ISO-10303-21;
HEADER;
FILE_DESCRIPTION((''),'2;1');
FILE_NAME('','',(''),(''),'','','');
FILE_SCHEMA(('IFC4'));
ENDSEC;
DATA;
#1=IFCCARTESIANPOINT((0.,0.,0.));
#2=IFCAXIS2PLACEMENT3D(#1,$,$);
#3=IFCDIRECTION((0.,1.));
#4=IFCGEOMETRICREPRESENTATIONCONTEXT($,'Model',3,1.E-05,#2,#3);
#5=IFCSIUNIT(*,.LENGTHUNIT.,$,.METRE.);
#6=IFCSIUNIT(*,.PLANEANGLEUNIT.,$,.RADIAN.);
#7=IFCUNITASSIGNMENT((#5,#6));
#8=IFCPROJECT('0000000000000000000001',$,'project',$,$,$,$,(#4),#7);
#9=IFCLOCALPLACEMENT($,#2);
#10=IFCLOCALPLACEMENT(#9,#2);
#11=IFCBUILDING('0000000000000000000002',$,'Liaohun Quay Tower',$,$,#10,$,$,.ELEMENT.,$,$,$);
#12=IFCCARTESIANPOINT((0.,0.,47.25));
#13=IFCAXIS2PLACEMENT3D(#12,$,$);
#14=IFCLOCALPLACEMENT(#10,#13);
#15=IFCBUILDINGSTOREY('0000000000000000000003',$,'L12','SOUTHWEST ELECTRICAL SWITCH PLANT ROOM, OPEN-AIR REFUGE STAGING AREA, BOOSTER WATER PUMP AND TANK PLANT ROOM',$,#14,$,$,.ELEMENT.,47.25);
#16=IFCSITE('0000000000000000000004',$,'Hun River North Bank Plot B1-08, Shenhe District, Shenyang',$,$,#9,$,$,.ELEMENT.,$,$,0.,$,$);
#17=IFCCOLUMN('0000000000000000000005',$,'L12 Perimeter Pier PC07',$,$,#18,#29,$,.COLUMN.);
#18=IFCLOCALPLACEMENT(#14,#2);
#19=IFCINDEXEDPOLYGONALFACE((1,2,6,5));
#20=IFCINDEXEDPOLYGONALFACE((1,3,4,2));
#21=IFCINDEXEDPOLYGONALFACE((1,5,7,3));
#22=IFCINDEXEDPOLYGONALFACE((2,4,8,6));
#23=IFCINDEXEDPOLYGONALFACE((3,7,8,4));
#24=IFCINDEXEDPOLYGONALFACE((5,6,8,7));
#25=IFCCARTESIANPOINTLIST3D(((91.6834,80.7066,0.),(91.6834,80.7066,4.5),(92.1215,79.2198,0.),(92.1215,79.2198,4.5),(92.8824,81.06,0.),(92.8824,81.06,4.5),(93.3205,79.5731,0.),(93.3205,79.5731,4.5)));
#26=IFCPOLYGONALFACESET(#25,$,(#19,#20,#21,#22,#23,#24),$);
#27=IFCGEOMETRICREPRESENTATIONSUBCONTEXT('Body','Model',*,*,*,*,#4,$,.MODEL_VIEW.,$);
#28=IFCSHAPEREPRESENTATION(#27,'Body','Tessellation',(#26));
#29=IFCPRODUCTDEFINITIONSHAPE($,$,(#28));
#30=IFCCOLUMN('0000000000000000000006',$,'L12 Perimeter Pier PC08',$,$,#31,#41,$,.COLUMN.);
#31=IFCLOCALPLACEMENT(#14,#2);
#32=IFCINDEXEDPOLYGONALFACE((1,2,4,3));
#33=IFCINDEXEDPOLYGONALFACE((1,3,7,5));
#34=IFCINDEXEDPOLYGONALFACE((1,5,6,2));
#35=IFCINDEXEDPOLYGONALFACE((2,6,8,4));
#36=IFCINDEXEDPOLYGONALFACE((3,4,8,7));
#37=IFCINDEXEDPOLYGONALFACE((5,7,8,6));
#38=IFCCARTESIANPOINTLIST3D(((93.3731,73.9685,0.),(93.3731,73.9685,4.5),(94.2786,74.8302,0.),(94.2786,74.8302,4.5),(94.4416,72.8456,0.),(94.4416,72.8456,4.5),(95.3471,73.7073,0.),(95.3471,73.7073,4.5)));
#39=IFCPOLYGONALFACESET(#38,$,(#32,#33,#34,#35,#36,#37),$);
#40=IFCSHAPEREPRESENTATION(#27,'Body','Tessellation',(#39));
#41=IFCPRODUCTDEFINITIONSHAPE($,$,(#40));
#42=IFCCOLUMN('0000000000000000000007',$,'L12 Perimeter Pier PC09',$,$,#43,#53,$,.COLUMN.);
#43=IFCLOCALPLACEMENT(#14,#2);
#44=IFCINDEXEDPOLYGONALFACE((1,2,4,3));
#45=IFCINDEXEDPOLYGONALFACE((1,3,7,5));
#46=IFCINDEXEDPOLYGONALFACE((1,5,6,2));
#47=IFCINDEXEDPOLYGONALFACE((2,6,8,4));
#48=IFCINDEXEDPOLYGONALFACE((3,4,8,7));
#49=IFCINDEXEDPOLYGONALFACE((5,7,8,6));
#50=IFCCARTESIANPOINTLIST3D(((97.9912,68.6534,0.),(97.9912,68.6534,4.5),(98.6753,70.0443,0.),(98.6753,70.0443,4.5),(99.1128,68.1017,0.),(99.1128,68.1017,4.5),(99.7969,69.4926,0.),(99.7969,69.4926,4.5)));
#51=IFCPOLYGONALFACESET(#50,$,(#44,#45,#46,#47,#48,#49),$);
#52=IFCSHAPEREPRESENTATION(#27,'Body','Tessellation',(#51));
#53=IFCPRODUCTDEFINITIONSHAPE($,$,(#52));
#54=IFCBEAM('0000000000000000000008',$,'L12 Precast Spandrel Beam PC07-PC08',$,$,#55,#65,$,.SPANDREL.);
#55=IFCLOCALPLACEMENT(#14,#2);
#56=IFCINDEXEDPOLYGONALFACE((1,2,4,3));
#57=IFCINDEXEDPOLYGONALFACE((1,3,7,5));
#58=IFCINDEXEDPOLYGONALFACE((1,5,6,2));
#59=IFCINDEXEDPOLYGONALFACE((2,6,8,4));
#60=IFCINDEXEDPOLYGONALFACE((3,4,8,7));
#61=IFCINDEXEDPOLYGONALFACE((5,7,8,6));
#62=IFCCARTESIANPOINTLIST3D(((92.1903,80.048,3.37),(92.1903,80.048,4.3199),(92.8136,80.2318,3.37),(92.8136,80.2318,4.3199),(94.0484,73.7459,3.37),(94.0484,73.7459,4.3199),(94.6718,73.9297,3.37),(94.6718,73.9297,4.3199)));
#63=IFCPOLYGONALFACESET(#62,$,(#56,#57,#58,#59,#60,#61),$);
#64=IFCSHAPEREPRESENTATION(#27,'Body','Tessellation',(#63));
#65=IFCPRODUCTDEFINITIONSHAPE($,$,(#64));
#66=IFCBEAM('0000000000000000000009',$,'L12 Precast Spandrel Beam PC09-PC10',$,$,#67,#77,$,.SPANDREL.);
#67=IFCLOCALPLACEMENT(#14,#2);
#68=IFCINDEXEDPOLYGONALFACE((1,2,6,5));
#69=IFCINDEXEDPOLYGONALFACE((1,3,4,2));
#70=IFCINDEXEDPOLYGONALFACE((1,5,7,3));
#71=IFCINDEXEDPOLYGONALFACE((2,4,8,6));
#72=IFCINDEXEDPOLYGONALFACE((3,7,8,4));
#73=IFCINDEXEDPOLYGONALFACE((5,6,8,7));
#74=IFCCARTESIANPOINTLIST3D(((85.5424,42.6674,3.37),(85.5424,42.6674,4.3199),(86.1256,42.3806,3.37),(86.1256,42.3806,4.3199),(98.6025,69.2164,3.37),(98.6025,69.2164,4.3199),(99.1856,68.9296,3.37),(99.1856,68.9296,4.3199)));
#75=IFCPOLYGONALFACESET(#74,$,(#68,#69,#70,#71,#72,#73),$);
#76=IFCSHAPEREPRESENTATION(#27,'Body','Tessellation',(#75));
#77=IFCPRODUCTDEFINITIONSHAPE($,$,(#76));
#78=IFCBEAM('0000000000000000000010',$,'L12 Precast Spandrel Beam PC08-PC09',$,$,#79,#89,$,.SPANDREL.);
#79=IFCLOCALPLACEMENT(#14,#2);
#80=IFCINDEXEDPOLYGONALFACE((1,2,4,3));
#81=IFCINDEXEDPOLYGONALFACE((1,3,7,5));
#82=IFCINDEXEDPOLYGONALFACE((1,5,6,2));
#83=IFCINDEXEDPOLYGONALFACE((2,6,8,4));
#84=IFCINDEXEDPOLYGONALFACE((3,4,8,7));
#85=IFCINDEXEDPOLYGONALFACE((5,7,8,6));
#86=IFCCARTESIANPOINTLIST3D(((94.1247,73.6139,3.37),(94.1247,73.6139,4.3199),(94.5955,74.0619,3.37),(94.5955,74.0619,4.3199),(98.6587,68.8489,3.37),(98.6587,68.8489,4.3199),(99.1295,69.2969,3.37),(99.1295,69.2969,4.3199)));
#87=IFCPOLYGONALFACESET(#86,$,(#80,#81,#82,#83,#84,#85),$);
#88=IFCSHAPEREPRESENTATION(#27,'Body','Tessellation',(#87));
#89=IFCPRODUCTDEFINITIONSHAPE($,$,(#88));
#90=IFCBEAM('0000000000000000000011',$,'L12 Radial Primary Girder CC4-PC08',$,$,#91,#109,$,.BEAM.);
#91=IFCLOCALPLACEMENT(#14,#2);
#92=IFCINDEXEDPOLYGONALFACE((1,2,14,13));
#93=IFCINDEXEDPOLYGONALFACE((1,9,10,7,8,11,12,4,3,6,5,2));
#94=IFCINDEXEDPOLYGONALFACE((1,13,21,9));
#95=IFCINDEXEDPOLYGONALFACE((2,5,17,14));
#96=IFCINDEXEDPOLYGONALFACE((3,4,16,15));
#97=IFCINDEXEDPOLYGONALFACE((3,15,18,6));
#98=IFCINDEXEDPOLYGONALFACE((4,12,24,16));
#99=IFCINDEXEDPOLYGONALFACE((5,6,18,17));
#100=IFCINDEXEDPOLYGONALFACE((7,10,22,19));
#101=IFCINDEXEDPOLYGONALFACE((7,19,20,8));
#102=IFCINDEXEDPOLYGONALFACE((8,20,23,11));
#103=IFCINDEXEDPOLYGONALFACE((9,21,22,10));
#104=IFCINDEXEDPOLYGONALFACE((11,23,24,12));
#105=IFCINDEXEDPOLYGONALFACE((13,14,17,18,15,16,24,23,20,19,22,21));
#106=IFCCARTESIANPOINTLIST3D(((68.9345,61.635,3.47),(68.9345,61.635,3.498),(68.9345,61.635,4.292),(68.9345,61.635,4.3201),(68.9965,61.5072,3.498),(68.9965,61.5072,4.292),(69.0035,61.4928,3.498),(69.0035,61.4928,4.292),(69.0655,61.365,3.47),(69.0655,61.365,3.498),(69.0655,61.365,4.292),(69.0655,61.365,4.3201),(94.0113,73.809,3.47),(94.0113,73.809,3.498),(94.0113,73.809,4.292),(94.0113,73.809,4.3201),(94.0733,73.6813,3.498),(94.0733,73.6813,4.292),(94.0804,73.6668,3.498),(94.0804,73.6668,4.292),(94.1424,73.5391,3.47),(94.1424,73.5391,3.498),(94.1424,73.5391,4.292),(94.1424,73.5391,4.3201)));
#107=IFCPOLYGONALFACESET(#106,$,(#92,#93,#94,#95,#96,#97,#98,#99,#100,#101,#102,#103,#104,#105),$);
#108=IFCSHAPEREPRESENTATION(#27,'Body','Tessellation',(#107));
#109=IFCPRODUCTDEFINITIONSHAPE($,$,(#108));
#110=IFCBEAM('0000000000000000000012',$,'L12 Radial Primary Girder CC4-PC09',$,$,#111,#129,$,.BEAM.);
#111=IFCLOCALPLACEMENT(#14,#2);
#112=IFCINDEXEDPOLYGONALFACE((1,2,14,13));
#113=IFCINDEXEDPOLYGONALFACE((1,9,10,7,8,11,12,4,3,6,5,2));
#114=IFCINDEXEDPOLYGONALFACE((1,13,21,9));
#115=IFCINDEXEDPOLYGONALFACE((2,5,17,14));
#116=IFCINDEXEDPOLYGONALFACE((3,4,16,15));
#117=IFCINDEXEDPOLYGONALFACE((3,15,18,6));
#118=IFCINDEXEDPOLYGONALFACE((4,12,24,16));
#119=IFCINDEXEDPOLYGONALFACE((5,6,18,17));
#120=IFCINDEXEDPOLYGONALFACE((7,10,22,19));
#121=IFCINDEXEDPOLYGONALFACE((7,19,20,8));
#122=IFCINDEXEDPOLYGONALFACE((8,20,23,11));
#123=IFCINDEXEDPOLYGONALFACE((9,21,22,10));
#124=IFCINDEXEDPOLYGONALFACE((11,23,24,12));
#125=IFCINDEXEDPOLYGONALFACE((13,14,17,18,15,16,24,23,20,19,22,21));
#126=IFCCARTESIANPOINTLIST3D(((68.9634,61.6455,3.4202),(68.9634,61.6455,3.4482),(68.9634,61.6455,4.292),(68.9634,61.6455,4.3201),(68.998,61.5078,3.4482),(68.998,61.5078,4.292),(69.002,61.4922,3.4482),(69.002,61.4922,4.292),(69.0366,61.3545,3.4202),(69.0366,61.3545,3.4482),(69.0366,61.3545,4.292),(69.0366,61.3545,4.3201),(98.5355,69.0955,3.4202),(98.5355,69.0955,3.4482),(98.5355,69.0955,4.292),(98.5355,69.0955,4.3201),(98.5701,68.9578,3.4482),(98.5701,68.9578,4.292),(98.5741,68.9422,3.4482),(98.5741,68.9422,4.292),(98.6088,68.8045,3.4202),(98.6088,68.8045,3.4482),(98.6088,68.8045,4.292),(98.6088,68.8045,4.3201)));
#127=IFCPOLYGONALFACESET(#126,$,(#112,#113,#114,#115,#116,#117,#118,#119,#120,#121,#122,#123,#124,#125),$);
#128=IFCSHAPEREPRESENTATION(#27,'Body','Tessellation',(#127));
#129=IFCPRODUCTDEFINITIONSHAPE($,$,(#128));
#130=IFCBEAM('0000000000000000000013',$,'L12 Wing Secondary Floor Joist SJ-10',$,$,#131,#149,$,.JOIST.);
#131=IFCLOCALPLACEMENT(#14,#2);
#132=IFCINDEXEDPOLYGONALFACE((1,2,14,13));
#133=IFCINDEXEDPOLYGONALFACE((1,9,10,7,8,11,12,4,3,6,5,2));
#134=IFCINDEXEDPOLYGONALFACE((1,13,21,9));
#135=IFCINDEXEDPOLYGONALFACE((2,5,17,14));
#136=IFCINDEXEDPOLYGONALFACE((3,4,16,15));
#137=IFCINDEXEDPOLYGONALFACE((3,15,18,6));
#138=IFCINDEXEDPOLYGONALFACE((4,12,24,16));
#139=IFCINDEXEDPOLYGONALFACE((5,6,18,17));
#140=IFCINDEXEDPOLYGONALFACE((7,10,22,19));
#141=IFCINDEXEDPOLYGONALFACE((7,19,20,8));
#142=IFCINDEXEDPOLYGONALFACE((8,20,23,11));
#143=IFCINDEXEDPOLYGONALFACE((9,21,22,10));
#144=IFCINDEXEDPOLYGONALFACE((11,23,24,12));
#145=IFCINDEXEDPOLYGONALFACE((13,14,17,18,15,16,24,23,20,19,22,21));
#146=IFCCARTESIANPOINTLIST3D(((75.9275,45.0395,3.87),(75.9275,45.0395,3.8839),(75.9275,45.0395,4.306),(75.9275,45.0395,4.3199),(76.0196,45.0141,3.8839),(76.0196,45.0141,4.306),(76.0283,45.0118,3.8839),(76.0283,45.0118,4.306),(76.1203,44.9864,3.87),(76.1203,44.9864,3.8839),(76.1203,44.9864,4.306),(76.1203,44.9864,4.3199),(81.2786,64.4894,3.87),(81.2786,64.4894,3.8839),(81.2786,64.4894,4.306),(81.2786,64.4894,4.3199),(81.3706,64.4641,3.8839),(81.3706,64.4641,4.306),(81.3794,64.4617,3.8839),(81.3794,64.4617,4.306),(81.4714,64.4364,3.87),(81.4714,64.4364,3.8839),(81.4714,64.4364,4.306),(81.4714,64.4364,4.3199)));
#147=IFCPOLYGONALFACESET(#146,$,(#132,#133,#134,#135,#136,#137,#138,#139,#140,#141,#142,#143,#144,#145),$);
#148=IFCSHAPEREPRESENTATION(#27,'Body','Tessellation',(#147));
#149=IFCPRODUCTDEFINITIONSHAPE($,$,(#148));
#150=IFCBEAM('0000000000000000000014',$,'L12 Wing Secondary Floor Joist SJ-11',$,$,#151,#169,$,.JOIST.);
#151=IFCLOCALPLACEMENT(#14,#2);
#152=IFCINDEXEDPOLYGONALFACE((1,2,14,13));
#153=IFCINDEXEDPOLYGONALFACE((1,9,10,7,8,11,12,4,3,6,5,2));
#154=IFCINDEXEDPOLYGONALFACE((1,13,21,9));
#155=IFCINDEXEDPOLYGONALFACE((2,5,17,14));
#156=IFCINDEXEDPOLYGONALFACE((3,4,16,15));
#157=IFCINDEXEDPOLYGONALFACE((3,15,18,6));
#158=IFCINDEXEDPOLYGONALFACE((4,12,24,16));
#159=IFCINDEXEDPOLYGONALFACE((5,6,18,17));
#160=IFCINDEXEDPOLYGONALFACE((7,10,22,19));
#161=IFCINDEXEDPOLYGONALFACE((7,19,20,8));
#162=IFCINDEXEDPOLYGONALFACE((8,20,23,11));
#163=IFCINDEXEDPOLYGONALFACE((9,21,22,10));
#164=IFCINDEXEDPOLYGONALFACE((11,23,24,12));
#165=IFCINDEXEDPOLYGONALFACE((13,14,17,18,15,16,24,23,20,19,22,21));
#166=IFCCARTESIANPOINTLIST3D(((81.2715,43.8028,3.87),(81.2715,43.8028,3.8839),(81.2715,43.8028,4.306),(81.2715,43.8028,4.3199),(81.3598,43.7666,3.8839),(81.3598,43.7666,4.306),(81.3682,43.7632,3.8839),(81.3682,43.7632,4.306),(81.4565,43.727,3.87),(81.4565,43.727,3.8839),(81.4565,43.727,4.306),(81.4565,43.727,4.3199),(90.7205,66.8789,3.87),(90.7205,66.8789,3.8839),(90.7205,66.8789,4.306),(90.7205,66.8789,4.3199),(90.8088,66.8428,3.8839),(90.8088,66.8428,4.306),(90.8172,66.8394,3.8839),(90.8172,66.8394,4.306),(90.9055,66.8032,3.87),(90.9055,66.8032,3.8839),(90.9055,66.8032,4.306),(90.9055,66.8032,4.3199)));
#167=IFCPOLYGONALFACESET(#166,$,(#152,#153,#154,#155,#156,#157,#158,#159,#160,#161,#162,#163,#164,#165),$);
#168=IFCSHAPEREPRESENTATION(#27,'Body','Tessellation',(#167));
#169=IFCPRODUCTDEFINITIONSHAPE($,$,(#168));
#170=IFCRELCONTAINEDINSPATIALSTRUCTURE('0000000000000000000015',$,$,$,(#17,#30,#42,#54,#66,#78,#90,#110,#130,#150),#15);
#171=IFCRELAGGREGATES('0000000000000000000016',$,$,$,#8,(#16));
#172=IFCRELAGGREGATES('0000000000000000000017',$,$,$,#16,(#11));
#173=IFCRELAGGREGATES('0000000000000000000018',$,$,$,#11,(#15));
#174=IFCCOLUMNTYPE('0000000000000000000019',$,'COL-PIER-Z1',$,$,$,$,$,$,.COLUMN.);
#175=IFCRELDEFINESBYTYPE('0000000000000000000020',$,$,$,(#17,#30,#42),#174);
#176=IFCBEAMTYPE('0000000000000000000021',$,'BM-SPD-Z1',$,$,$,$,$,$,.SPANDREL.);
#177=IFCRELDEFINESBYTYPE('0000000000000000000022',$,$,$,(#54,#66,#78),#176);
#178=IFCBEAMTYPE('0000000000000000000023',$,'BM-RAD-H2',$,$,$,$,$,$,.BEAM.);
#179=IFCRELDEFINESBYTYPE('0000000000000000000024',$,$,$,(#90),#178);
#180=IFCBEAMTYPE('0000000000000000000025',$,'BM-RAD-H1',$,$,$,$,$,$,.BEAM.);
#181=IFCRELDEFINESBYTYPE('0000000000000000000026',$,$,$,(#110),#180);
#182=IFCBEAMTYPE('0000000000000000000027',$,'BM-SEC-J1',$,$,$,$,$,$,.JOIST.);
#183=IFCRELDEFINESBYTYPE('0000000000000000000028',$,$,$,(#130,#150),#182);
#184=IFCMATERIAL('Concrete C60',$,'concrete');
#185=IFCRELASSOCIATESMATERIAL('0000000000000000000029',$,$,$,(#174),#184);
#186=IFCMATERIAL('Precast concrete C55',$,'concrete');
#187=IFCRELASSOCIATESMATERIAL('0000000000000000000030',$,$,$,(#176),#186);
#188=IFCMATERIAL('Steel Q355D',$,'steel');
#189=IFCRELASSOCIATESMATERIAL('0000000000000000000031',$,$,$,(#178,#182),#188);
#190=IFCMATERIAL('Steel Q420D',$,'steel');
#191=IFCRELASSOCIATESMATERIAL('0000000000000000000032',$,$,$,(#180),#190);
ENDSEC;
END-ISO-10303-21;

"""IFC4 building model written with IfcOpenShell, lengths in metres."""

from ifc_helpers import new_model, si_unit, direction, frame, origin, origin_2d, place, context, subcontext, project, spatial, rectangle, i_section, extrude, source, transform, mapped, material, material_profile, profile_set, type_object, element, save


model = new_model("IFC4")

# Units and contexts
model_context = context("Model", 3, precision=1e-05, world=origin(), true_north=direction((0.0, 1.0)))
body_context = subcontext(model_context, "Body", "Model", "MODEL_VIEW")
ifc_project = project(units=[si_unit("LENGTHUNIT", "METRE"), si_unit("PLANEANGLEUNIT", "RADIAN")], contexts=[model_context])

# Site, building, storey
site_placement = place(None, origin())
site = spatial("IfcSite", under=ifc_project, at=site_placement, Name="Hun River North Bank Plot B1-08, Shenhe District, Shenyang", CompositionType="ELEMENT", RefElevation=0.0)
building_placement = place(site_placement, origin())
building = spatial("IfcBuilding", under=site, at=building_placement, Name="Liaohun Quay Tower", CompositionType="ELEMENT")
storey_placement = place(building_placement, frame((0.0, 0.0, 47.25)))
storey = spatial("IfcBuildingStorey", under=building, at=storey_placement, Name="L12", Description="SOUTHWEST ELECTRICAL SWITCH PLANT ROOM, OPEN-AIR REFUGE STAGING AREA, BOOSTER WATER PUMP AND TANK PLANT ROOM", CompositionType="ELEMENT", Elevation=47.25)

# Columns
ifc_material_1 = material(Name="Concrete C60", Category="concrete")
ifc_material_profile_1 = material_profile(ifc_material_1, rectangle(XDim=1.55, YDim=1.25, at=origin_2d()), Name="RC1550x1250")
ifc_profile_set_1 = profile_set([ifc_material_profile_1], Name="Concrete C60")
column_type = type_object("IfcColumnType", Name="COL-PIER-Z1", PredefinedType="COLUMN", material=ifc_profile_set_1)
shared_shape_1 = source(origin(), body_context, "Body", "SweptSolid", [
    extrude(rectangle(XDim=1.55, YDim=1.25, at=origin_2d()), origin(), (0.0, 0.0, 1.0), 4.5),
])
for number, where, z_axis, x_axis, name in (
    (1, (92.502, 80.1399, 0.0), (0.0, 0.0, 1.0), (-0.282676, 0.959215, 0.0), "L12 Perimeter Pier PC07"),
    (2, (94.3601, 73.8379, 0.0), (0.0, 0.0, 1.0), (-0.689367, 0.724413, 0.0), "L12 Perimeter Pier PC08"),
    (3, (98.894, 69.073, 0.0), (0.0, 0.0, 1.0), (0.441349, 0.897335, 0.0), "L12 Perimeter Pier PC09"),
):
    element("IfcColumn", number, at=place(storey_placement, frame(where, z_axis=z_axis, x_axis=x_axis)), inside=storey, type_object=column_type, Name=name, PredefinedType="COLUMN", context=body_context, shape_type="MappedRepresentation", body=[
        mapped(shared_shape_1, transform((0.0, 0.0, 0.0), x_axis=(1.0, 0.0, 0.0), y_axis=(0.0, 1.0, 0.0), z_axis=(0.0, 0.0, 1.0), scale=1.0)),
    ])

# Beams
ifc_material_2 = material(Name="Precast concrete C55", Category="concrete")
ifc_material_profile_2 = material_profile(ifc_material_2, rectangle(XDim=0.6499, YDim=0.95, at=origin_2d()), Name="RC650x950")
ifc_profile_set_2 = profile_set([ifc_material_profile_2], Name="Precast concrete C55")
beam_type_1 = type_object("IfcBeamType", Name="BM-SPD-Z1", PredefinedType="SPANDREL", material=ifc_profile_set_2)
shared_shape_2 = source(origin(), body_context, "Body", "SweptSolid", [
    extrude(rectangle(XDim=0.6499, YDim=0.95, at=origin_2d()), origin(), (0.0, 0.0, 1.0), 6.5703),
])
beam_1_placement = place(storey_placement, frame((92.502, 80.1399, 3.845), z_axis=(0.282814, -0.959175, 0.0), x_axis=(0.959175, 0.282814, 0.0)))
element("IfcBeam", 4, at=beam_1_placement, inside=storey, type_object=beam_type_1, Name="L12 Precast Spandrel Beam PC07-PC08", PredefinedType="SPANDREL", context=body_context, shape_type="MappedRepresentation", body=[
    mapped(shared_shape_2, transform((0.0, 0.0, 0.0), x_axis=(1.0, 0.0, 0.0), y_axis=(0.0, 1.0, 0.0), z_axis=(0.0, 0.0, 1.0), scale=1.0)),
])
shared_shape_3 = source(origin(), body_context, "Body", "SweptSolid", [
    extrude(rectangle(XDim=0.6499, YDim=0.95, at=origin_2d()), origin(), (0.0, 0.0, 1.0), 29.5874),
])
beam_2_placement = place(storey_placement, frame((98.894, 69.073, 3.845), z_axis=(-0.441405, -0.897308, 0.0), x_axis=(0.897308, -0.441405, 0.0)))
element("IfcBeam", 5, at=beam_2_placement, inside=storey, type_object=beam_type_1, Name="L12 Precast Spandrel Beam PC09-PC10", PredefinedType="SPANDREL", context=body_context, shape_type="MappedRepresentation", body=[
    mapped(shared_shape_3, transform((0.0, 0.0, 0.0), x_axis=(1.0, 0.0, 0.0), y_axis=(0.0, 1.0, 0.0), z_axis=(0.0, 0.0, 1.0), scale=1.0)),
])
shared_shape_4 = source(origin(), body_context, "Body", "SweptSolid", [
    extrude(rectangle(XDim=0.6499, YDim=0.95, at=origin_2d()), origin(), (0.0, 0.0, 1.0), 6.5774),
])
beam_3_placement = place(storey_placement, frame((94.3601, 73.8379, 3.845), z_axis=(0.689332, -0.724446, 0.0), x_axis=(0.724446, 0.689332, 0.0)))
element("IfcBeam", 6, at=beam_3_placement, inside=storey, type_object=beam_type_1, Name="L12 Precast Spandrel Beam PC08-PC09", PredefinedType="SPANDREL", context=body_context, shape_type="MappedRepresentation", body=[
    mapped(shared_shape_4, transform((0.0, 0.0, 0.0), x_axis=(1.0, 0.0, 0.0), y_axis=(0.0, 1.0, 0.0), z_axis=(0.0, 0.0, 1.0), scale=1.0)),
])
ifc_material_3 = material(Name="Steel Q355D", Category="steel")
ifc_material_profile_3 = material_profile(ifc_material_3, i_section(OverallWidth=0.3, OverallDepth=0.8501, WebThickness=0.0161, FlangeThickness=0.0281, at=origin_2d()), Name="HN850x300x16x28")
ifc_profile_set_3 = profile_set([ifc_material_profile_3], Name="Steel Q355D")
beam_type_2 = type_object("IfcBeamType", Name="BM-RAD-H2", PredefinedType="BEAM", material=ifc_profile_set_3)
shared_shape_5 = source(origin(), body_context, "Body", "SweptSolid", [
    extrude(i_section(OverallWidth=0.3, OverallDepth=0.8501, WebThickness=0.0161, FlangeThickness=0.0281, at=origin_2d()), origin(), (0.0, 0.0, 1.0), 27.8757),
])
beam_4_placement = place(storey_placement, frame((69.0, 61.5, 3.895), z_axis=(0.899595, 0.436726, 0.0), x_axis=(-0.436726, 0.899595, 0.0)))
element("IfcBeam", 7, at=beam_4_placement, inside=storey, type_object=beam_type_2, Name="L12 Radial Primary Girder CC4-PC08", PredefinedType="BEAM", context=body_context, shape_type="MappedRepresentation", body=[
    mapped(shared_shape_5, transform((0.0, 0.0, 0.0), x_axis=(1.0, 0.0, 0.0), y_axis=(0.0, 1.0, 0.0), z_axis=(0.0, 0.0, 1.0), scale=1.0)),
])
ifc_material_4 = material(Name="Steel Q420D", Category="steel")
ifc_material_profile_4 = material_profile(ifc_material_4, i_section(OverallWidth=0.3, OverallDepth=0.8999, WebThickness=0.0161, FlangeThickness=0.0281, at=origin_2d()), Name="HN900x300x16x28")
ifc_profile_set_4 = profile_set([ifc_material_profile_4], Name="Steel Q420D")
beam_type_3 = type_object("IfcBeamType", Name="BM-RAD-H1", PredefinedType="BEAM", material=ifc_profile_set_4)
shared_shape_6 = source(origin(), body_context, "Body", "SweptSolid", [
    extrude(i_section(OverallWidth=0.3, OverallDepth=0.8999, WebThickness=0.0161, FlangeThickness=0.0281, at=origin_2d()), origin(), (0.0, 0.0, 1.0), 30.4961),
])
beam_5_placement = place(storey_placement, frame((69.0, 61.5, 3.8701), z_axis=(0.969702, 0.244293, 0.0), x_axis=(-0.244293, 0.969702, 0.0)))
element("IfcBeam", 8, at=beam_5_placement, inside=storey, type_object=beam_type_3, Name="L12 Radial Primary Girder CC4-PC09", PredefinedType="BEAM", context=body_context, shape_type="MappedRepresentation", body=[
    mapped(shared_shape_6, transform((0.0, 0.0, 0.0), x_axis=(1.0, 0.0, 0.0), y_axis=(0.0, 1.0, 0.0), z_axis=(0.0, 0.0, 1.0), scale=1.0)),
])
ifc_material_profile_5 = material_profile(ifc_material_3, i_section(OverallWidth=0.2, OverallDepth=0.45, WebThickness=0.009, FlangeThickness=0.0139, at=origin_2d()), Name="HN450x200x9x14")
ifc_profile_set_5 = profile_set([ifc_material_profile_5], Name="Steel Q355D")
beam_type_4 = type_object("IfcBeamType", Name="BM-SEC-J1", PredefinedType="JOIST", material=ifc_profile_set_5)
shared_shape_7 = source(origin(), body_context, "Body", "SweptSolid", [
    extrude(i_section(OverallWidth=0.2, OverallDepth=0.45, WebThickness=0.009, FlangeThickness=0.0139, at=origin_2d()), origin(), (0.0, 0.0, 1.0), 20.1726),
])
beam_6_placement = place(storey_placement, frame((81.375, 64.4629, 4.095), z_axis=(-0.265264, -0.964176, 0.0), x_axis=(0.964176, -0.265264, 0.0)))
element("IfcBeam", 9, at=beam_6_placement, inside=storey, type_object=beam_type_4, Name="L12 Wing Secondary Floor Joist SJ-10", PredefinedType="JOIST", context=body_context, shape_type="MappedRepresentation", body=[
    mapped(shared_shape_7, transform((0.0, 0.0, 0.0), x_axis=(1.0, 0.0, 0.0), y_axis=(0.0, 1.0, 0.0), z_axis=(0.0, 0.0, 1.0), scale=1.0)),
])
shared_shape_8 = source(origin(), body_context, "Body", "SweptSolid", [
    extrude(i_section(OverallWidth=0.2, OverallDepth=0.45, WebThickness=0.009, FlangeThickness=0.0139, at=origin_2d()), origin(), (0.0, 0.0, 1.0), 24.9358),
])
beam_7_placement = place(storey_placement, frame((90.813, 66.8411, 4.095), z_axis=(-0.378932, -0.925424, 0.0), x_axis=(0.925424, -0.378932, 0.0)))
element("IfcBeam", 10, at=beam_7_placement, inside=storey, type_object=beam_type_4, Name="L12 Wing Secondary Floor Joist SJ-11", PredefinedType="JOIST", context=body_context, shape_type="MappedRepresentation", body=[
    mapped(shared_shape_8, transform((0.0, 0.0, 0.0), x_axis=(1.0, 0.0, 0.0), y_axis=(0.0, 1.0, 0.0), z_axis=(0.0, 0.0, 1.0), scale=1.0)),
])

save(model, "model.ifc")
